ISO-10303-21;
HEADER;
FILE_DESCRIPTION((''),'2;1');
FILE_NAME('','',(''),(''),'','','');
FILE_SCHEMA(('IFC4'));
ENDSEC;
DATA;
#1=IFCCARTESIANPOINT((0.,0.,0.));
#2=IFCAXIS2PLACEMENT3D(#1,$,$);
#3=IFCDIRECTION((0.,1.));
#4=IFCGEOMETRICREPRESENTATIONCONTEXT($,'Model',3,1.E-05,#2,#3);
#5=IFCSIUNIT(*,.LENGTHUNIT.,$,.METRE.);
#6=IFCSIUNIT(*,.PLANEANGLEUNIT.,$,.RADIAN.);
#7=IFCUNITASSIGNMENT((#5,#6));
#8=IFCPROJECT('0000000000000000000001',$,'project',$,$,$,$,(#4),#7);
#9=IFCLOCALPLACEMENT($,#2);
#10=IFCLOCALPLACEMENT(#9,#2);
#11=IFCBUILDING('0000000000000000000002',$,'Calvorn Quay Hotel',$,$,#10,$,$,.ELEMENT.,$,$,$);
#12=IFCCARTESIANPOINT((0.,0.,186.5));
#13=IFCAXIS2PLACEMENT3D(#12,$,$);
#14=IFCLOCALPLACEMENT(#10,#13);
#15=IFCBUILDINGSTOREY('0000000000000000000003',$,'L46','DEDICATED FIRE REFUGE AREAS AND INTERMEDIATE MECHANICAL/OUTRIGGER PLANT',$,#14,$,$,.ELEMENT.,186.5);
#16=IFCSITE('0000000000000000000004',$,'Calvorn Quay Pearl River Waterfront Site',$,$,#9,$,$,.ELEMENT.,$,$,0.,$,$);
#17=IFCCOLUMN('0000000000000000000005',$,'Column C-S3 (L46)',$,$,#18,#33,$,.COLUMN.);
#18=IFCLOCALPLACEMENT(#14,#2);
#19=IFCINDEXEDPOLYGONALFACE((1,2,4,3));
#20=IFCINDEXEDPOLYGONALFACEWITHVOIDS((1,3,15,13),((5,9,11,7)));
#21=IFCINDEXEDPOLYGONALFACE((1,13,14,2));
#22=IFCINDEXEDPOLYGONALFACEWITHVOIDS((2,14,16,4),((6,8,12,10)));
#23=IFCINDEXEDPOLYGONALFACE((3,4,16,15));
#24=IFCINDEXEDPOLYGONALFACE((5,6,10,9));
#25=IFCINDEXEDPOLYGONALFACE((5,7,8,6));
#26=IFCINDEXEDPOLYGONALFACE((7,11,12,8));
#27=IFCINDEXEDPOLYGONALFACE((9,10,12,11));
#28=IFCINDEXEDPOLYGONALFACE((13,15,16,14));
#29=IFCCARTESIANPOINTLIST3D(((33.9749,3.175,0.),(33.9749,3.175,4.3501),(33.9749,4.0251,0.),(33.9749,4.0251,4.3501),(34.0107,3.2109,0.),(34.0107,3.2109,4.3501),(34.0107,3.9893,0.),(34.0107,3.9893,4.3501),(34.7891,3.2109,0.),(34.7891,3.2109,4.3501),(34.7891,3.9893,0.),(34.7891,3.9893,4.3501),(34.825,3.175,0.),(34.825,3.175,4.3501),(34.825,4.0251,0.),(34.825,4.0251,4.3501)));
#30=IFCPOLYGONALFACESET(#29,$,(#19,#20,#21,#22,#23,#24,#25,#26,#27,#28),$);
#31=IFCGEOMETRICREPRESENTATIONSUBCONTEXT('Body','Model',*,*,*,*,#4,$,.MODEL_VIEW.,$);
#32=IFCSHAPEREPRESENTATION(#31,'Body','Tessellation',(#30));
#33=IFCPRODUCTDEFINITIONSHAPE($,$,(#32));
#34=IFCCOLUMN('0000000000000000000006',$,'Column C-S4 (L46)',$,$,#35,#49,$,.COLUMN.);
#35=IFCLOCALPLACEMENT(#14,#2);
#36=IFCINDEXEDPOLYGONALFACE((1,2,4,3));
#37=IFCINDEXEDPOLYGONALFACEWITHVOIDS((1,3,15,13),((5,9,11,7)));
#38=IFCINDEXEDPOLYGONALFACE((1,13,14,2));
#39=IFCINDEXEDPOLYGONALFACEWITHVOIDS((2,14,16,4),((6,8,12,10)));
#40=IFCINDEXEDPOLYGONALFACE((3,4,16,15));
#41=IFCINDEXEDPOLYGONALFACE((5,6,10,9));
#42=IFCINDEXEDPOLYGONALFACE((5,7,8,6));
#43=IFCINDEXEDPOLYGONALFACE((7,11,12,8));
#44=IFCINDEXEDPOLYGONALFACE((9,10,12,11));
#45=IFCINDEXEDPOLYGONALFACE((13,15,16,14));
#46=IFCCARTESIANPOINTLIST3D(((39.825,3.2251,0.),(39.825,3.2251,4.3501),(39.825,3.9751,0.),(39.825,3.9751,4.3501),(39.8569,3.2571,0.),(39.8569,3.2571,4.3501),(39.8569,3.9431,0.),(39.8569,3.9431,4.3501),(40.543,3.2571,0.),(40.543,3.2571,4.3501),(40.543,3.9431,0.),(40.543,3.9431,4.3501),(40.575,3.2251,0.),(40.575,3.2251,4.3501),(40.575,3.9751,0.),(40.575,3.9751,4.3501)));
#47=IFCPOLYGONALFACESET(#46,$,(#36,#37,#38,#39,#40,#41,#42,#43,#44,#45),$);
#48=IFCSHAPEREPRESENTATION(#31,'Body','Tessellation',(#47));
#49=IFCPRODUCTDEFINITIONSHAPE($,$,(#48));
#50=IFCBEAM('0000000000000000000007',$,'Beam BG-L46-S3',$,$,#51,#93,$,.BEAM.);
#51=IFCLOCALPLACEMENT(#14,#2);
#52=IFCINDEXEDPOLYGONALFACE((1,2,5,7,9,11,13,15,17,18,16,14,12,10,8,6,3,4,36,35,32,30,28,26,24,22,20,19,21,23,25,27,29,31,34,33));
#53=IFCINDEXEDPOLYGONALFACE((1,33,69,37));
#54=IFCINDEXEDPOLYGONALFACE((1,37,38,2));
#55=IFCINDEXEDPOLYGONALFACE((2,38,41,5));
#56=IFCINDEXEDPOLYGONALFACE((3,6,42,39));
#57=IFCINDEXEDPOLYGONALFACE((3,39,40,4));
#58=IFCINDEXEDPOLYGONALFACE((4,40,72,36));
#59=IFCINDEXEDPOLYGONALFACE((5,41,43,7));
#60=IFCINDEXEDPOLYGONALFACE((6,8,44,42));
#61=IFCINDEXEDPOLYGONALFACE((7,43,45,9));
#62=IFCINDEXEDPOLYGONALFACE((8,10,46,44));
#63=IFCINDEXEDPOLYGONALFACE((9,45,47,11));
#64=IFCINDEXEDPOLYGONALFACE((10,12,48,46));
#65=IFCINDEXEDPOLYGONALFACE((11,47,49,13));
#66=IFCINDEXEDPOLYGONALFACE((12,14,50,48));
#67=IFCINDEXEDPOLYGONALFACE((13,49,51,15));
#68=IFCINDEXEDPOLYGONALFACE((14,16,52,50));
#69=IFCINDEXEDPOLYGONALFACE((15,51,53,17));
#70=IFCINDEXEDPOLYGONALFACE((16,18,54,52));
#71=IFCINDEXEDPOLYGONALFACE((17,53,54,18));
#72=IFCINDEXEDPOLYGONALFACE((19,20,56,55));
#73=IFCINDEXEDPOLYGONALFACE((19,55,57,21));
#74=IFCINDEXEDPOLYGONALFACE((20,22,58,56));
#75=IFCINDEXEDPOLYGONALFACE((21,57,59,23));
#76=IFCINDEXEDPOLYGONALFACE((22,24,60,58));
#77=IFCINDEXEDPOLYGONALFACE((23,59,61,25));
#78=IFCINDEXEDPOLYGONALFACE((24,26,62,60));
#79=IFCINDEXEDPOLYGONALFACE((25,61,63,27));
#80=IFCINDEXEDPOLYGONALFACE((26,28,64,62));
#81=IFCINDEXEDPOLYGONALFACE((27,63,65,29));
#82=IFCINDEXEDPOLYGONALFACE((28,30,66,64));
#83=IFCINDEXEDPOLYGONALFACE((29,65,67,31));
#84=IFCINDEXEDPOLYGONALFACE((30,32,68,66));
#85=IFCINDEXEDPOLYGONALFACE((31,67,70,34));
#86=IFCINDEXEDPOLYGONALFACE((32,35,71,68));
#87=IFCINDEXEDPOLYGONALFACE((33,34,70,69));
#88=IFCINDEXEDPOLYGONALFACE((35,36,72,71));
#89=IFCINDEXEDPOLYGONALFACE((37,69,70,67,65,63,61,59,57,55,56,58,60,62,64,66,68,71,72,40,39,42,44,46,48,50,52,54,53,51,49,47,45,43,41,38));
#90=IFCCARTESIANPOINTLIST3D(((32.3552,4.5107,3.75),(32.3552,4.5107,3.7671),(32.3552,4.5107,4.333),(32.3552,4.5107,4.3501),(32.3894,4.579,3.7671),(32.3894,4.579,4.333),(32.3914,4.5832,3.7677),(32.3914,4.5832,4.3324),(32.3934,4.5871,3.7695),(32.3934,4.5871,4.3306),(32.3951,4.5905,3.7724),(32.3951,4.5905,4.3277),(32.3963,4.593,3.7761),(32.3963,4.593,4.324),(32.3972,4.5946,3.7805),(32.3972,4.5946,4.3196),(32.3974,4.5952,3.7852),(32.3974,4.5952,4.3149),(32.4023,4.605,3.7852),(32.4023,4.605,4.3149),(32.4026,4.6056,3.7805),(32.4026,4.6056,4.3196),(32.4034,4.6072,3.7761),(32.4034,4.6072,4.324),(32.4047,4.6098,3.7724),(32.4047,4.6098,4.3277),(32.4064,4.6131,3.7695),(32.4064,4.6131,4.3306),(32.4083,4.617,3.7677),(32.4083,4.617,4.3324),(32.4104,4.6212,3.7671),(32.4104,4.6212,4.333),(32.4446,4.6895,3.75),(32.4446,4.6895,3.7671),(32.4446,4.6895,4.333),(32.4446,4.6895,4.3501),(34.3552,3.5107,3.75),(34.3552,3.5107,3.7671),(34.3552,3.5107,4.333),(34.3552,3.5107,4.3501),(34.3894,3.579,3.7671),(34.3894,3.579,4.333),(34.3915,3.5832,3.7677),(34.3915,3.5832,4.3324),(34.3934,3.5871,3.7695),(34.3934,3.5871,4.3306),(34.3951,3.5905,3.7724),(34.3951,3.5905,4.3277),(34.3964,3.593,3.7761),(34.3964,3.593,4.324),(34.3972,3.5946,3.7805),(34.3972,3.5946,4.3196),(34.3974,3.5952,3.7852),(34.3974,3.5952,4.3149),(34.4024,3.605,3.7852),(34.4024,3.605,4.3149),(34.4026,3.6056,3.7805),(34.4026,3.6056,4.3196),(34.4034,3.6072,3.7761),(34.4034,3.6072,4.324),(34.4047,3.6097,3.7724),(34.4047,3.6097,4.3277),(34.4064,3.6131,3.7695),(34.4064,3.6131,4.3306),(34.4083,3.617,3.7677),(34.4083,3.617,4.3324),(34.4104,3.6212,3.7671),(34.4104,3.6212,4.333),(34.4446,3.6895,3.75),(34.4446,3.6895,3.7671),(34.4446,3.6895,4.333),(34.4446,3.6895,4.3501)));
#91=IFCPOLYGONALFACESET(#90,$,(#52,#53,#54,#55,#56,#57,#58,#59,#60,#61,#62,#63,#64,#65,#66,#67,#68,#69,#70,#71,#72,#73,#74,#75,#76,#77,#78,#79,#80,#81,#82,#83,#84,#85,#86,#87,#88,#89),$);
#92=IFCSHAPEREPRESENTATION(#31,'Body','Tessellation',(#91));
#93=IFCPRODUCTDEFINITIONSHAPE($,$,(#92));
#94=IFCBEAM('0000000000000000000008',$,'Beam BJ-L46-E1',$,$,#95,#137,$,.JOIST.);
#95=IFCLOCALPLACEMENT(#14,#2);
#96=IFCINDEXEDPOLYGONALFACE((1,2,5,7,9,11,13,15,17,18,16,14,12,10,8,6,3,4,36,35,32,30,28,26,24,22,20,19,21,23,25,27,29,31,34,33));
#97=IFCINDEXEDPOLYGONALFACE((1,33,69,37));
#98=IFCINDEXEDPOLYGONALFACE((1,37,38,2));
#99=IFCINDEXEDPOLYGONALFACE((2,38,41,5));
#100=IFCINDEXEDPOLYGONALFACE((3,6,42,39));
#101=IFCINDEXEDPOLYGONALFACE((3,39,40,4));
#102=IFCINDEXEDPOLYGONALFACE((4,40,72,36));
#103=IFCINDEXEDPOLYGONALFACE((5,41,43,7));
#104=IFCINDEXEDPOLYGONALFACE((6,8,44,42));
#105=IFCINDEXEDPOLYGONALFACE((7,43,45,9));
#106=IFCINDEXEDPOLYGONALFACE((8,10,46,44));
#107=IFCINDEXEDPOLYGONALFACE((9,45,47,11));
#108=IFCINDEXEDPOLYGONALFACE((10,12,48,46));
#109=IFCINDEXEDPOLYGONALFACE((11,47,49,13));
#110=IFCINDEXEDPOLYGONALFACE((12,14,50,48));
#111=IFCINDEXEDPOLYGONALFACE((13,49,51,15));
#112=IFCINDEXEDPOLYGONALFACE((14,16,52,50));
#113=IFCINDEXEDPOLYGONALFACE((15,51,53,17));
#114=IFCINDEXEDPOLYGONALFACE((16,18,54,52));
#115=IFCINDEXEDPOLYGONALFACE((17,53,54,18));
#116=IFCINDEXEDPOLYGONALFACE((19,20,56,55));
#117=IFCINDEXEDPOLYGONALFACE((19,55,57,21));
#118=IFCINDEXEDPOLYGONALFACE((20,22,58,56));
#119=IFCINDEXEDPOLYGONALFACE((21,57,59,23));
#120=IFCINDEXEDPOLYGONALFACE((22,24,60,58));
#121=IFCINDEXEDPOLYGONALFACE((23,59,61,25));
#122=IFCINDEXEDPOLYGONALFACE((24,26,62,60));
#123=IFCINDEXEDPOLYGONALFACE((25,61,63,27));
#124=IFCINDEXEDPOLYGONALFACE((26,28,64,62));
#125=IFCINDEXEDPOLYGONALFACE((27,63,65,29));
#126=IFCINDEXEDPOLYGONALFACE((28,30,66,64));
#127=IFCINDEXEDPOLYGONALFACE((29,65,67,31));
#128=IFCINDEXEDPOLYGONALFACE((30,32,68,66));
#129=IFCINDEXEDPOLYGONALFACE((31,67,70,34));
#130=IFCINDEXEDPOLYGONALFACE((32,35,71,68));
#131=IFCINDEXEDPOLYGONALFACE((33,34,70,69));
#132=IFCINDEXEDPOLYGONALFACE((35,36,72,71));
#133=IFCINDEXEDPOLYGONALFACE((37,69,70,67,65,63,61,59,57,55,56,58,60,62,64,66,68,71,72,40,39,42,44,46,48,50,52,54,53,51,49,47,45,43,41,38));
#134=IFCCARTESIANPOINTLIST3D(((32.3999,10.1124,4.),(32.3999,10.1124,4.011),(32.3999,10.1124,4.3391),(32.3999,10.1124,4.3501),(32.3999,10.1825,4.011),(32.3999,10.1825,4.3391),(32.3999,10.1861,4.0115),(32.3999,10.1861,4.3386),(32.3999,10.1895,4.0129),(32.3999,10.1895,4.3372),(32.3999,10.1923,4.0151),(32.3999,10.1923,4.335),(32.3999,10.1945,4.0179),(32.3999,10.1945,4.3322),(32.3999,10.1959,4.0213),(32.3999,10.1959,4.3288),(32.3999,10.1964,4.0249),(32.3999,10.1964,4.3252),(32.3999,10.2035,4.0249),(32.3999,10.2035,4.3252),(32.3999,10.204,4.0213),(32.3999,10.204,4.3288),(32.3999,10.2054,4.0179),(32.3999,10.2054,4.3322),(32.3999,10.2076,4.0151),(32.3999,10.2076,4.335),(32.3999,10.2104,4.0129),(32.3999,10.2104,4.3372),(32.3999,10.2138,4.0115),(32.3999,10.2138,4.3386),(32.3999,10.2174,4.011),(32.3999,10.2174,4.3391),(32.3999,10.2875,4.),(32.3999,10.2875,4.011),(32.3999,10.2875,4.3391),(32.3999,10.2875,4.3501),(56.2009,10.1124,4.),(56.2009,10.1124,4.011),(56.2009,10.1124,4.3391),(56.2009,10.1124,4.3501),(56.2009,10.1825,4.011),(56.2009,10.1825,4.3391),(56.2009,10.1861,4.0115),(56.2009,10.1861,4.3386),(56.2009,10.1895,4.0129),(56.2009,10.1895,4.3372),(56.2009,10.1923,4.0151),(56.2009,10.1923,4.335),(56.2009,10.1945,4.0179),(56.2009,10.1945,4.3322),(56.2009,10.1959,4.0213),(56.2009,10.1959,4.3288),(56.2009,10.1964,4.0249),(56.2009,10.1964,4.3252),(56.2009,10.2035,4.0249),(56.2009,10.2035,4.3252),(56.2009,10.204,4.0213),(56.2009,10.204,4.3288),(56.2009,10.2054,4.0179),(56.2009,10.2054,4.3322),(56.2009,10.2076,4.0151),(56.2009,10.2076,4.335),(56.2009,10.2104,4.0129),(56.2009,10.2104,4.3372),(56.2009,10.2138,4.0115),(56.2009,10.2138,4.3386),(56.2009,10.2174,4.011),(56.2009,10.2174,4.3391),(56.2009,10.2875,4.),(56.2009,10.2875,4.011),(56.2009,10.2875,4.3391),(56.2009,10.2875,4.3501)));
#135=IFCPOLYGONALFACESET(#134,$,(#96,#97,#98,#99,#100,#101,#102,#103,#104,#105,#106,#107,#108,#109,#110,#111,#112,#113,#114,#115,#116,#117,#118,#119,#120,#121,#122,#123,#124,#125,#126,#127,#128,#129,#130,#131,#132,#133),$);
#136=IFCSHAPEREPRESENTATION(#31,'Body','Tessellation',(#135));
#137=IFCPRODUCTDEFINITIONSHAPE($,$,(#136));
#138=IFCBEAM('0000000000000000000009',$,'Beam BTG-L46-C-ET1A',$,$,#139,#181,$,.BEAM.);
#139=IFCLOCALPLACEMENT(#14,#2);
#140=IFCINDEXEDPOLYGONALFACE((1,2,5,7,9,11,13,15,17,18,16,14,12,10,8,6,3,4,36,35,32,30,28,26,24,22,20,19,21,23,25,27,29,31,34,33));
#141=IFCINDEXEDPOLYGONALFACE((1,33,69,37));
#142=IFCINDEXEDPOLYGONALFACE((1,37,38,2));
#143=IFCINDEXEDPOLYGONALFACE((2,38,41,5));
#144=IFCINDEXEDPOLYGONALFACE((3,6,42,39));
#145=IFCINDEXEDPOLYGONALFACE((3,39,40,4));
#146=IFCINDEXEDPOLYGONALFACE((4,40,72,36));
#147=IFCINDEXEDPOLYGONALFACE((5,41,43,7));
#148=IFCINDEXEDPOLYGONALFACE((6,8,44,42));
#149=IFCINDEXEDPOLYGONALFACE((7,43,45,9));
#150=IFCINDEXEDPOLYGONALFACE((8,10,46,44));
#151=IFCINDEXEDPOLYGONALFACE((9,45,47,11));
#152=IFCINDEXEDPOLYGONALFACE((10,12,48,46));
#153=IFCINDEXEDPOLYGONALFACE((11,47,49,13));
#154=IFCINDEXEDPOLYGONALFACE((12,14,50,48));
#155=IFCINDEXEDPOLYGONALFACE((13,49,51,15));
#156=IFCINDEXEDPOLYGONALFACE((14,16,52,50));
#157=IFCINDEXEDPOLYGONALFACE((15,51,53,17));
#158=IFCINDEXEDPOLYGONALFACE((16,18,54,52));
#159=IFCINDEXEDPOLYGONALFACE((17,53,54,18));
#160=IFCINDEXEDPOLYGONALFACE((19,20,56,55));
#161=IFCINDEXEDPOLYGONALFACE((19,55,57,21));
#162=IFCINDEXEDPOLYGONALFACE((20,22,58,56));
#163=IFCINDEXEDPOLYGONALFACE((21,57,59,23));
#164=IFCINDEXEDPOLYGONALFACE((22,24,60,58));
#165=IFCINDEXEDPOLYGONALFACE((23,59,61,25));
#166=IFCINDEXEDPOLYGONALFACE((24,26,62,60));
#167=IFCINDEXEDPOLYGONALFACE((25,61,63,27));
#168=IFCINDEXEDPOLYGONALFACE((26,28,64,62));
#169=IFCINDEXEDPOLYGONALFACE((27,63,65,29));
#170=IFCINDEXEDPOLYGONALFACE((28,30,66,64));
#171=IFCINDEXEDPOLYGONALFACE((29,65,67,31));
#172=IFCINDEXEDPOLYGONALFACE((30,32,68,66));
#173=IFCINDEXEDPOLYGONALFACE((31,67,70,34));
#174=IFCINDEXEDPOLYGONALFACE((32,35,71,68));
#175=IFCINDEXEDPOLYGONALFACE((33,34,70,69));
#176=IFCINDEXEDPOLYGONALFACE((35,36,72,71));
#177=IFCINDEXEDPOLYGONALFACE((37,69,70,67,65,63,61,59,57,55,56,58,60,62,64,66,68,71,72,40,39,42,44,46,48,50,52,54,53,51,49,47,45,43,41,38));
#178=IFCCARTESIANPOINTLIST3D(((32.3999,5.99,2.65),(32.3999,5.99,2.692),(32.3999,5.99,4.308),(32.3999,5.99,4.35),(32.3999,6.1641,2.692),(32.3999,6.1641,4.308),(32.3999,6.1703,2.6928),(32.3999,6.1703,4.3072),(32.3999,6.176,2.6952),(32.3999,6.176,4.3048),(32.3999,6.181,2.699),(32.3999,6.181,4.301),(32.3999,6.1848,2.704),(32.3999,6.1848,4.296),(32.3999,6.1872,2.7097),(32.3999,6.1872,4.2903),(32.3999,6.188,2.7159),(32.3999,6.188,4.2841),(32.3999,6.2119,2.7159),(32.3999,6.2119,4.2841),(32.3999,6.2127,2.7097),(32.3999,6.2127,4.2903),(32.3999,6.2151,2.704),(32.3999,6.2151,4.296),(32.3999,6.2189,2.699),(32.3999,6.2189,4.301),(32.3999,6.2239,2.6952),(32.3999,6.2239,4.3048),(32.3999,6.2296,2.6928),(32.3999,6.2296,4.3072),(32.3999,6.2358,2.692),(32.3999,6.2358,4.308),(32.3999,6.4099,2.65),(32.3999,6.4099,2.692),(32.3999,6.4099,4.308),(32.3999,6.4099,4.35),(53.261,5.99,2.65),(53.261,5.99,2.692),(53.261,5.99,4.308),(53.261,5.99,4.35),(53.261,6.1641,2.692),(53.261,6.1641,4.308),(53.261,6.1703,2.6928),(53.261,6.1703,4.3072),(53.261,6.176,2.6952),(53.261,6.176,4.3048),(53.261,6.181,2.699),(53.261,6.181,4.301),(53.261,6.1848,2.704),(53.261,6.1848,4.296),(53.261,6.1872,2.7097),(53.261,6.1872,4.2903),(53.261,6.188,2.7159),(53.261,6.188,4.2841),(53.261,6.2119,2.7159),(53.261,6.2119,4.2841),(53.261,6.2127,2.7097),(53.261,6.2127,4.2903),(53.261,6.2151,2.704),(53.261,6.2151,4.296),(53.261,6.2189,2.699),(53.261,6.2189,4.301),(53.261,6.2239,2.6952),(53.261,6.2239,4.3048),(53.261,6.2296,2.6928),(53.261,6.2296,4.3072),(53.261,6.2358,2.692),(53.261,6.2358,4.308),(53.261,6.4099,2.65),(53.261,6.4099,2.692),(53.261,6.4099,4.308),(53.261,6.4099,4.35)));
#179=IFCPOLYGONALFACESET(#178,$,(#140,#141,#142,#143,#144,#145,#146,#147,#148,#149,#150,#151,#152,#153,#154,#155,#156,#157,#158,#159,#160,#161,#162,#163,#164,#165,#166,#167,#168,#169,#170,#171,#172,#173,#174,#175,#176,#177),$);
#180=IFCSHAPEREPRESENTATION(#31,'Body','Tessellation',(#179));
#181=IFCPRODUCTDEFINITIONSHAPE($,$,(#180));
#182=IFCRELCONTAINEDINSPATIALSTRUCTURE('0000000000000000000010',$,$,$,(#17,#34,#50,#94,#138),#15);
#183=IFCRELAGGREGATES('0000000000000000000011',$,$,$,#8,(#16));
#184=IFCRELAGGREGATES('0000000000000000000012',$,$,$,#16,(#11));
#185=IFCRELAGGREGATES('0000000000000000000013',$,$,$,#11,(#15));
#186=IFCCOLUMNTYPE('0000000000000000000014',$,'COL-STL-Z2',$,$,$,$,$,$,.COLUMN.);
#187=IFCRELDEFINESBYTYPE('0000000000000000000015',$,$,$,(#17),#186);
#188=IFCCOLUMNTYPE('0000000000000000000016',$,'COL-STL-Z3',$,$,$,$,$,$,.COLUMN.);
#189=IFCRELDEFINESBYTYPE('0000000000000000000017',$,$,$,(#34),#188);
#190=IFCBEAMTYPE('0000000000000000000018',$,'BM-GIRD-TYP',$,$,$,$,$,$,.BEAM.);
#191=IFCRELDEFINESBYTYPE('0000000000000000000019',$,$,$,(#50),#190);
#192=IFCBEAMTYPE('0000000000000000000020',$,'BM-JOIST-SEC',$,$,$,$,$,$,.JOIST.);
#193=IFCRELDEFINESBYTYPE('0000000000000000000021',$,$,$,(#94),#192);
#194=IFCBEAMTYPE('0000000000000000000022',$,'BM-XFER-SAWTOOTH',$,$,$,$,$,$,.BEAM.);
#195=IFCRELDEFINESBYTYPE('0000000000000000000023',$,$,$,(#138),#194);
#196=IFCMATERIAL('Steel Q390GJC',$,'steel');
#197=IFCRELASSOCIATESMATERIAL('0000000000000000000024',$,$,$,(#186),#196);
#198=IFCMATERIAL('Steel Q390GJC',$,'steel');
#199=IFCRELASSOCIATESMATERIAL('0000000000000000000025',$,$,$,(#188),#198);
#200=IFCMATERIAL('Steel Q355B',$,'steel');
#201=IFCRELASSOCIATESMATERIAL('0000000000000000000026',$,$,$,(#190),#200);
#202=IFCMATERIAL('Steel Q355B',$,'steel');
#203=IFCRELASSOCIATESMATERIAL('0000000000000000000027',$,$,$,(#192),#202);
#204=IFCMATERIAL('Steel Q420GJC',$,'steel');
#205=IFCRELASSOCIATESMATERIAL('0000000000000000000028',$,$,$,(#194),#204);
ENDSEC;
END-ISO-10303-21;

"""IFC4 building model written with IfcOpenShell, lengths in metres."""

from ifc_helpers import new_model, si_unit, direction, frame, origin, origin_2d, place, context, subcontext, project, spatial, hollow_rectangle, i_section, extrude, material, material_profile, profile_set, type_object, element, save


model = new_model("IFC4")

# Units and contexts
model_context = context("Model", 3, precision=1e-05, world=origin(), true_north=direction((0.0, 1.0)))
body_context = subcontext(model_context, "Body", "Model", "MODEL_VIEW")
ifc_project = project(units=[si_unit("LENGTHUNIT", "METRE"), si_unit("PLANEANGLEUNIT", "RADIAN")], contexts=[model_context])

# Site, building, storey
site_placement = place(None, origin())
site = spatial("IfcSite", under=ifc_project, at=site_placement, Name="Calvorn Quay Pearl River Waterfront Site", CompositionType="ELEMENT", RefElevation=0.0)
building_placement = place(site_placement, origin())
building = spatial("IfcBuilding", under=site, at=building_placement, Name="Calvorn Quay Hotel", CompositionType="ELEMENT")
storey_placement = place(building_placement, frame((0.0, 0.0, 186.5)))
storey = spatial("IfcBuildingStorey", under=building, at=storey_placement, Name="L46", Description="DEDICATED FIRE REFUGE AREAS AND INTERMEDIATE MECHANICAL/OUTRIGGER PLANT", CompositionType="ELEMENT", Elevation=186.5)

# Columns
ifc_material_1 = material(Name="Steel Q390GJC", Category="steel")
ifc_material_profile_1 = material_profile(ifc_material_1, hollow_rectangle(XDim=0.8501, YDim=0.8501, WallThickness=0.0359, at=origin_2d()), Name="BOX850x850x36")
ifc_profile_set_1 = profile_set([ifc_material_profile_1], Name="Steel Q390GJC")
column_type_1 = type_object("IfcColumnType", Name="COL-STL-Z2", PredefinedType="COLUMN", material=ifc_profile_set_1)
column_1_placement = place(storey_placement, frame((34.3999, 3.6001, 0.0), z_axis=(0.0, 0.0, 1.0), x_axis=(1.0, 0.0, 0.0)))
element("IfcColumn", 1, at=column_1_placement, inside=storey, type_object=column_type_1, Name="Column C-S3 (L46)", PredefinedType="COLUMN", context=body_context, shape_type="SweptSolid", body=[
    extrude(hollow_rectangle(XDim=0.8501, YDim=0.8501, WallThickness=0.0359, at=origin_2d()), origin(), (0.0, 0.0, 1.0), 4.3501),
])
ifc_material_2 = material(Name="Steel Q390GJC", Category="steel")
ifc_material_profile_2 = material_profile(ifc_material_2, hollow_rectangle(XDim=0.75, YDim=0.75, WallThickness=0.032, at=origin_2d()), Name="BOX750x750x32")
ifc_profile_set_2 = profile_set([ifc_material_profile_2], Name="Steel Q390GJC")
column_type_2 = type_object("IfcColumnType", Name="COL-STL-Z3", PredefinedType="COLUMN", material=ifc_profile_set_2)
column_2_placement = place(storey_placement, frame((40.2, 3.6001, 0.0), z_axis=(0.0, 0.0, 1.0), x_axis=(1.0, 0.0, 0.0)))
element("IfcColumn", 2, at=column_2_placement, inside=storey, type_object=column_type_2, Name="Column C-S4 (L46)", PredefinedType="COLUMN", context=body_context, shape_type="SweptSolid", body=[
    extrude(hollow_rectangle(XDim=0.75, YDim=0.75, WallThickness=0.032, at=origin_2d()), origin(), (0.0, 0.0, 1.0), 4.3501),
])

# Beams
ifc_material_3 = material(Name="Steel Q355B", Category="steel")
ifc_material_profile_3 = material_profile(ifc_material_3, i_section(OverallWidth=0.2, OverallDepth=0.6001, WebThickness=0.011, FlangeThickness=0.0171, FilletRadius=0.0181, at=origin_2d()), Name="HN600x200x11x17")
ifc_profile_set_3 = profile_set([ifc_material_profile_3], Name="Steel Q355B")
beam_type_1 = type_object("IfcBeamType", Name="BM-GIRD-TYP", PredefinedType="BEAM", material=ifc_profile_set_3)
beam_1_placement = place(storey_placement, frame((34.3999, 3.6001, 4.05), z_axis=(-0.894427, 0.447214, 0.0), x_axis=(-0.447214, -0.894427, 0.0)))
element("IfcBeam", 3, at=beam_1_placement, inside=storey, type_object=beam_type_1, Name="Beam BG-L46-S3", PredefinedType="BEAM", context=body_context, shape_type="SweptSolid", body=[
    extrude(i_section(OverallWidth=0.2, OverallDepth=0.6001, WebThickness=0.011, FlangeThickness=0.0171, FilletRadius=0.0181, at=origin_2d()), origin(), (0.0, 0.0, 1.0), 2.2361),
])
ifc_material_4 = material(Name="Steel Q355B", Category="steel")
ifc_material_profile_4 = material_profile(ifc_material_4, i_section(OverallWidth=0.175, OverallDepth=0.3501, WebThickness=0.0071, FlangeThickness=0.011, FilletRadius=0.0139, at=origin_2d()), Name="HN350x175x7x11")
ifc_profile_set_4 = profile_set([ifc_material_profile_4], Name="Steel Q355B")
beam_type_2 = type_object("IfcBeamType", Name="BM-JOIST-SEC", PredefinedType="JOIST", material=ifc_profile_set_4)
beam_2_placement = place(storey_placement, frame((32.3999, 10.2, 4.175), z_axis=(1.0, 0.0, 0.0), x_axis=(0.0, 1.0, 0.0)))
element("IfcBeam", 4, at=beam_2_placement, inside=storey, type_object=beam_type_2, Name="Beam BJ-L46-E1", PredefinedType="JOIST", context=body_context, shape_type="SweptSolid", body=[
    extrude(i_section(OverallWidth=0.175, OverallDepth=0.3501, WebThickness=0.0071, FlangeThickness=0.011, FilletRadius=0.0139, at=origin_2d()), origin(), (0.0, 0.0, 1.0), 23.801),
])
ifc_material_5 = material(Name="Steel Q420GJC", Category="steel")
ifc_material_profile_5 = material_profile(ifc_material_5, i_section(OverallWidth=0.4199, OverallDepth=1.7, WebThickness=0.0239, FlangeThickness=0.042, FilletRadius=0.0239, at=origin_2d()), Name="HN1700x420x24x42")
ifc_profile_set_5 = profile_set([ifc_material_profile_5], Name="Steel Q420GJC")
beam_type_3 = type_object("IfcBeamType", Name="BM-XFER-SAWTOOTH", PredefinedType="BEAM", material=ifc_profile_set_5)
beam_3_placement = place(storey_placement, frame((32.3999, 6.2, 3.5), z_axis=(1.0, 0.0, 0.0), x_axis=(0.0, 1.0, 0.0)))
element("IfcBeam", 5, at=beam_3_placement, inside=storey, type_object=beam_type_3, Name="Beam BTG-L46-C-ET1A", PredefinedType="BEAM", context=body_context, shape_type="SweptSolid", body=[
    extrude(i_section(OverallWidth=0.4199, OverallDepth=1.7, WebThickness=0.0239, FlangeThickness=0.042, FilletRadius=0.0239, at=origin_2d()), origin(), (0.0, 0.0, 1.0), 20.8611),
])

save(model, "model.ifc")
